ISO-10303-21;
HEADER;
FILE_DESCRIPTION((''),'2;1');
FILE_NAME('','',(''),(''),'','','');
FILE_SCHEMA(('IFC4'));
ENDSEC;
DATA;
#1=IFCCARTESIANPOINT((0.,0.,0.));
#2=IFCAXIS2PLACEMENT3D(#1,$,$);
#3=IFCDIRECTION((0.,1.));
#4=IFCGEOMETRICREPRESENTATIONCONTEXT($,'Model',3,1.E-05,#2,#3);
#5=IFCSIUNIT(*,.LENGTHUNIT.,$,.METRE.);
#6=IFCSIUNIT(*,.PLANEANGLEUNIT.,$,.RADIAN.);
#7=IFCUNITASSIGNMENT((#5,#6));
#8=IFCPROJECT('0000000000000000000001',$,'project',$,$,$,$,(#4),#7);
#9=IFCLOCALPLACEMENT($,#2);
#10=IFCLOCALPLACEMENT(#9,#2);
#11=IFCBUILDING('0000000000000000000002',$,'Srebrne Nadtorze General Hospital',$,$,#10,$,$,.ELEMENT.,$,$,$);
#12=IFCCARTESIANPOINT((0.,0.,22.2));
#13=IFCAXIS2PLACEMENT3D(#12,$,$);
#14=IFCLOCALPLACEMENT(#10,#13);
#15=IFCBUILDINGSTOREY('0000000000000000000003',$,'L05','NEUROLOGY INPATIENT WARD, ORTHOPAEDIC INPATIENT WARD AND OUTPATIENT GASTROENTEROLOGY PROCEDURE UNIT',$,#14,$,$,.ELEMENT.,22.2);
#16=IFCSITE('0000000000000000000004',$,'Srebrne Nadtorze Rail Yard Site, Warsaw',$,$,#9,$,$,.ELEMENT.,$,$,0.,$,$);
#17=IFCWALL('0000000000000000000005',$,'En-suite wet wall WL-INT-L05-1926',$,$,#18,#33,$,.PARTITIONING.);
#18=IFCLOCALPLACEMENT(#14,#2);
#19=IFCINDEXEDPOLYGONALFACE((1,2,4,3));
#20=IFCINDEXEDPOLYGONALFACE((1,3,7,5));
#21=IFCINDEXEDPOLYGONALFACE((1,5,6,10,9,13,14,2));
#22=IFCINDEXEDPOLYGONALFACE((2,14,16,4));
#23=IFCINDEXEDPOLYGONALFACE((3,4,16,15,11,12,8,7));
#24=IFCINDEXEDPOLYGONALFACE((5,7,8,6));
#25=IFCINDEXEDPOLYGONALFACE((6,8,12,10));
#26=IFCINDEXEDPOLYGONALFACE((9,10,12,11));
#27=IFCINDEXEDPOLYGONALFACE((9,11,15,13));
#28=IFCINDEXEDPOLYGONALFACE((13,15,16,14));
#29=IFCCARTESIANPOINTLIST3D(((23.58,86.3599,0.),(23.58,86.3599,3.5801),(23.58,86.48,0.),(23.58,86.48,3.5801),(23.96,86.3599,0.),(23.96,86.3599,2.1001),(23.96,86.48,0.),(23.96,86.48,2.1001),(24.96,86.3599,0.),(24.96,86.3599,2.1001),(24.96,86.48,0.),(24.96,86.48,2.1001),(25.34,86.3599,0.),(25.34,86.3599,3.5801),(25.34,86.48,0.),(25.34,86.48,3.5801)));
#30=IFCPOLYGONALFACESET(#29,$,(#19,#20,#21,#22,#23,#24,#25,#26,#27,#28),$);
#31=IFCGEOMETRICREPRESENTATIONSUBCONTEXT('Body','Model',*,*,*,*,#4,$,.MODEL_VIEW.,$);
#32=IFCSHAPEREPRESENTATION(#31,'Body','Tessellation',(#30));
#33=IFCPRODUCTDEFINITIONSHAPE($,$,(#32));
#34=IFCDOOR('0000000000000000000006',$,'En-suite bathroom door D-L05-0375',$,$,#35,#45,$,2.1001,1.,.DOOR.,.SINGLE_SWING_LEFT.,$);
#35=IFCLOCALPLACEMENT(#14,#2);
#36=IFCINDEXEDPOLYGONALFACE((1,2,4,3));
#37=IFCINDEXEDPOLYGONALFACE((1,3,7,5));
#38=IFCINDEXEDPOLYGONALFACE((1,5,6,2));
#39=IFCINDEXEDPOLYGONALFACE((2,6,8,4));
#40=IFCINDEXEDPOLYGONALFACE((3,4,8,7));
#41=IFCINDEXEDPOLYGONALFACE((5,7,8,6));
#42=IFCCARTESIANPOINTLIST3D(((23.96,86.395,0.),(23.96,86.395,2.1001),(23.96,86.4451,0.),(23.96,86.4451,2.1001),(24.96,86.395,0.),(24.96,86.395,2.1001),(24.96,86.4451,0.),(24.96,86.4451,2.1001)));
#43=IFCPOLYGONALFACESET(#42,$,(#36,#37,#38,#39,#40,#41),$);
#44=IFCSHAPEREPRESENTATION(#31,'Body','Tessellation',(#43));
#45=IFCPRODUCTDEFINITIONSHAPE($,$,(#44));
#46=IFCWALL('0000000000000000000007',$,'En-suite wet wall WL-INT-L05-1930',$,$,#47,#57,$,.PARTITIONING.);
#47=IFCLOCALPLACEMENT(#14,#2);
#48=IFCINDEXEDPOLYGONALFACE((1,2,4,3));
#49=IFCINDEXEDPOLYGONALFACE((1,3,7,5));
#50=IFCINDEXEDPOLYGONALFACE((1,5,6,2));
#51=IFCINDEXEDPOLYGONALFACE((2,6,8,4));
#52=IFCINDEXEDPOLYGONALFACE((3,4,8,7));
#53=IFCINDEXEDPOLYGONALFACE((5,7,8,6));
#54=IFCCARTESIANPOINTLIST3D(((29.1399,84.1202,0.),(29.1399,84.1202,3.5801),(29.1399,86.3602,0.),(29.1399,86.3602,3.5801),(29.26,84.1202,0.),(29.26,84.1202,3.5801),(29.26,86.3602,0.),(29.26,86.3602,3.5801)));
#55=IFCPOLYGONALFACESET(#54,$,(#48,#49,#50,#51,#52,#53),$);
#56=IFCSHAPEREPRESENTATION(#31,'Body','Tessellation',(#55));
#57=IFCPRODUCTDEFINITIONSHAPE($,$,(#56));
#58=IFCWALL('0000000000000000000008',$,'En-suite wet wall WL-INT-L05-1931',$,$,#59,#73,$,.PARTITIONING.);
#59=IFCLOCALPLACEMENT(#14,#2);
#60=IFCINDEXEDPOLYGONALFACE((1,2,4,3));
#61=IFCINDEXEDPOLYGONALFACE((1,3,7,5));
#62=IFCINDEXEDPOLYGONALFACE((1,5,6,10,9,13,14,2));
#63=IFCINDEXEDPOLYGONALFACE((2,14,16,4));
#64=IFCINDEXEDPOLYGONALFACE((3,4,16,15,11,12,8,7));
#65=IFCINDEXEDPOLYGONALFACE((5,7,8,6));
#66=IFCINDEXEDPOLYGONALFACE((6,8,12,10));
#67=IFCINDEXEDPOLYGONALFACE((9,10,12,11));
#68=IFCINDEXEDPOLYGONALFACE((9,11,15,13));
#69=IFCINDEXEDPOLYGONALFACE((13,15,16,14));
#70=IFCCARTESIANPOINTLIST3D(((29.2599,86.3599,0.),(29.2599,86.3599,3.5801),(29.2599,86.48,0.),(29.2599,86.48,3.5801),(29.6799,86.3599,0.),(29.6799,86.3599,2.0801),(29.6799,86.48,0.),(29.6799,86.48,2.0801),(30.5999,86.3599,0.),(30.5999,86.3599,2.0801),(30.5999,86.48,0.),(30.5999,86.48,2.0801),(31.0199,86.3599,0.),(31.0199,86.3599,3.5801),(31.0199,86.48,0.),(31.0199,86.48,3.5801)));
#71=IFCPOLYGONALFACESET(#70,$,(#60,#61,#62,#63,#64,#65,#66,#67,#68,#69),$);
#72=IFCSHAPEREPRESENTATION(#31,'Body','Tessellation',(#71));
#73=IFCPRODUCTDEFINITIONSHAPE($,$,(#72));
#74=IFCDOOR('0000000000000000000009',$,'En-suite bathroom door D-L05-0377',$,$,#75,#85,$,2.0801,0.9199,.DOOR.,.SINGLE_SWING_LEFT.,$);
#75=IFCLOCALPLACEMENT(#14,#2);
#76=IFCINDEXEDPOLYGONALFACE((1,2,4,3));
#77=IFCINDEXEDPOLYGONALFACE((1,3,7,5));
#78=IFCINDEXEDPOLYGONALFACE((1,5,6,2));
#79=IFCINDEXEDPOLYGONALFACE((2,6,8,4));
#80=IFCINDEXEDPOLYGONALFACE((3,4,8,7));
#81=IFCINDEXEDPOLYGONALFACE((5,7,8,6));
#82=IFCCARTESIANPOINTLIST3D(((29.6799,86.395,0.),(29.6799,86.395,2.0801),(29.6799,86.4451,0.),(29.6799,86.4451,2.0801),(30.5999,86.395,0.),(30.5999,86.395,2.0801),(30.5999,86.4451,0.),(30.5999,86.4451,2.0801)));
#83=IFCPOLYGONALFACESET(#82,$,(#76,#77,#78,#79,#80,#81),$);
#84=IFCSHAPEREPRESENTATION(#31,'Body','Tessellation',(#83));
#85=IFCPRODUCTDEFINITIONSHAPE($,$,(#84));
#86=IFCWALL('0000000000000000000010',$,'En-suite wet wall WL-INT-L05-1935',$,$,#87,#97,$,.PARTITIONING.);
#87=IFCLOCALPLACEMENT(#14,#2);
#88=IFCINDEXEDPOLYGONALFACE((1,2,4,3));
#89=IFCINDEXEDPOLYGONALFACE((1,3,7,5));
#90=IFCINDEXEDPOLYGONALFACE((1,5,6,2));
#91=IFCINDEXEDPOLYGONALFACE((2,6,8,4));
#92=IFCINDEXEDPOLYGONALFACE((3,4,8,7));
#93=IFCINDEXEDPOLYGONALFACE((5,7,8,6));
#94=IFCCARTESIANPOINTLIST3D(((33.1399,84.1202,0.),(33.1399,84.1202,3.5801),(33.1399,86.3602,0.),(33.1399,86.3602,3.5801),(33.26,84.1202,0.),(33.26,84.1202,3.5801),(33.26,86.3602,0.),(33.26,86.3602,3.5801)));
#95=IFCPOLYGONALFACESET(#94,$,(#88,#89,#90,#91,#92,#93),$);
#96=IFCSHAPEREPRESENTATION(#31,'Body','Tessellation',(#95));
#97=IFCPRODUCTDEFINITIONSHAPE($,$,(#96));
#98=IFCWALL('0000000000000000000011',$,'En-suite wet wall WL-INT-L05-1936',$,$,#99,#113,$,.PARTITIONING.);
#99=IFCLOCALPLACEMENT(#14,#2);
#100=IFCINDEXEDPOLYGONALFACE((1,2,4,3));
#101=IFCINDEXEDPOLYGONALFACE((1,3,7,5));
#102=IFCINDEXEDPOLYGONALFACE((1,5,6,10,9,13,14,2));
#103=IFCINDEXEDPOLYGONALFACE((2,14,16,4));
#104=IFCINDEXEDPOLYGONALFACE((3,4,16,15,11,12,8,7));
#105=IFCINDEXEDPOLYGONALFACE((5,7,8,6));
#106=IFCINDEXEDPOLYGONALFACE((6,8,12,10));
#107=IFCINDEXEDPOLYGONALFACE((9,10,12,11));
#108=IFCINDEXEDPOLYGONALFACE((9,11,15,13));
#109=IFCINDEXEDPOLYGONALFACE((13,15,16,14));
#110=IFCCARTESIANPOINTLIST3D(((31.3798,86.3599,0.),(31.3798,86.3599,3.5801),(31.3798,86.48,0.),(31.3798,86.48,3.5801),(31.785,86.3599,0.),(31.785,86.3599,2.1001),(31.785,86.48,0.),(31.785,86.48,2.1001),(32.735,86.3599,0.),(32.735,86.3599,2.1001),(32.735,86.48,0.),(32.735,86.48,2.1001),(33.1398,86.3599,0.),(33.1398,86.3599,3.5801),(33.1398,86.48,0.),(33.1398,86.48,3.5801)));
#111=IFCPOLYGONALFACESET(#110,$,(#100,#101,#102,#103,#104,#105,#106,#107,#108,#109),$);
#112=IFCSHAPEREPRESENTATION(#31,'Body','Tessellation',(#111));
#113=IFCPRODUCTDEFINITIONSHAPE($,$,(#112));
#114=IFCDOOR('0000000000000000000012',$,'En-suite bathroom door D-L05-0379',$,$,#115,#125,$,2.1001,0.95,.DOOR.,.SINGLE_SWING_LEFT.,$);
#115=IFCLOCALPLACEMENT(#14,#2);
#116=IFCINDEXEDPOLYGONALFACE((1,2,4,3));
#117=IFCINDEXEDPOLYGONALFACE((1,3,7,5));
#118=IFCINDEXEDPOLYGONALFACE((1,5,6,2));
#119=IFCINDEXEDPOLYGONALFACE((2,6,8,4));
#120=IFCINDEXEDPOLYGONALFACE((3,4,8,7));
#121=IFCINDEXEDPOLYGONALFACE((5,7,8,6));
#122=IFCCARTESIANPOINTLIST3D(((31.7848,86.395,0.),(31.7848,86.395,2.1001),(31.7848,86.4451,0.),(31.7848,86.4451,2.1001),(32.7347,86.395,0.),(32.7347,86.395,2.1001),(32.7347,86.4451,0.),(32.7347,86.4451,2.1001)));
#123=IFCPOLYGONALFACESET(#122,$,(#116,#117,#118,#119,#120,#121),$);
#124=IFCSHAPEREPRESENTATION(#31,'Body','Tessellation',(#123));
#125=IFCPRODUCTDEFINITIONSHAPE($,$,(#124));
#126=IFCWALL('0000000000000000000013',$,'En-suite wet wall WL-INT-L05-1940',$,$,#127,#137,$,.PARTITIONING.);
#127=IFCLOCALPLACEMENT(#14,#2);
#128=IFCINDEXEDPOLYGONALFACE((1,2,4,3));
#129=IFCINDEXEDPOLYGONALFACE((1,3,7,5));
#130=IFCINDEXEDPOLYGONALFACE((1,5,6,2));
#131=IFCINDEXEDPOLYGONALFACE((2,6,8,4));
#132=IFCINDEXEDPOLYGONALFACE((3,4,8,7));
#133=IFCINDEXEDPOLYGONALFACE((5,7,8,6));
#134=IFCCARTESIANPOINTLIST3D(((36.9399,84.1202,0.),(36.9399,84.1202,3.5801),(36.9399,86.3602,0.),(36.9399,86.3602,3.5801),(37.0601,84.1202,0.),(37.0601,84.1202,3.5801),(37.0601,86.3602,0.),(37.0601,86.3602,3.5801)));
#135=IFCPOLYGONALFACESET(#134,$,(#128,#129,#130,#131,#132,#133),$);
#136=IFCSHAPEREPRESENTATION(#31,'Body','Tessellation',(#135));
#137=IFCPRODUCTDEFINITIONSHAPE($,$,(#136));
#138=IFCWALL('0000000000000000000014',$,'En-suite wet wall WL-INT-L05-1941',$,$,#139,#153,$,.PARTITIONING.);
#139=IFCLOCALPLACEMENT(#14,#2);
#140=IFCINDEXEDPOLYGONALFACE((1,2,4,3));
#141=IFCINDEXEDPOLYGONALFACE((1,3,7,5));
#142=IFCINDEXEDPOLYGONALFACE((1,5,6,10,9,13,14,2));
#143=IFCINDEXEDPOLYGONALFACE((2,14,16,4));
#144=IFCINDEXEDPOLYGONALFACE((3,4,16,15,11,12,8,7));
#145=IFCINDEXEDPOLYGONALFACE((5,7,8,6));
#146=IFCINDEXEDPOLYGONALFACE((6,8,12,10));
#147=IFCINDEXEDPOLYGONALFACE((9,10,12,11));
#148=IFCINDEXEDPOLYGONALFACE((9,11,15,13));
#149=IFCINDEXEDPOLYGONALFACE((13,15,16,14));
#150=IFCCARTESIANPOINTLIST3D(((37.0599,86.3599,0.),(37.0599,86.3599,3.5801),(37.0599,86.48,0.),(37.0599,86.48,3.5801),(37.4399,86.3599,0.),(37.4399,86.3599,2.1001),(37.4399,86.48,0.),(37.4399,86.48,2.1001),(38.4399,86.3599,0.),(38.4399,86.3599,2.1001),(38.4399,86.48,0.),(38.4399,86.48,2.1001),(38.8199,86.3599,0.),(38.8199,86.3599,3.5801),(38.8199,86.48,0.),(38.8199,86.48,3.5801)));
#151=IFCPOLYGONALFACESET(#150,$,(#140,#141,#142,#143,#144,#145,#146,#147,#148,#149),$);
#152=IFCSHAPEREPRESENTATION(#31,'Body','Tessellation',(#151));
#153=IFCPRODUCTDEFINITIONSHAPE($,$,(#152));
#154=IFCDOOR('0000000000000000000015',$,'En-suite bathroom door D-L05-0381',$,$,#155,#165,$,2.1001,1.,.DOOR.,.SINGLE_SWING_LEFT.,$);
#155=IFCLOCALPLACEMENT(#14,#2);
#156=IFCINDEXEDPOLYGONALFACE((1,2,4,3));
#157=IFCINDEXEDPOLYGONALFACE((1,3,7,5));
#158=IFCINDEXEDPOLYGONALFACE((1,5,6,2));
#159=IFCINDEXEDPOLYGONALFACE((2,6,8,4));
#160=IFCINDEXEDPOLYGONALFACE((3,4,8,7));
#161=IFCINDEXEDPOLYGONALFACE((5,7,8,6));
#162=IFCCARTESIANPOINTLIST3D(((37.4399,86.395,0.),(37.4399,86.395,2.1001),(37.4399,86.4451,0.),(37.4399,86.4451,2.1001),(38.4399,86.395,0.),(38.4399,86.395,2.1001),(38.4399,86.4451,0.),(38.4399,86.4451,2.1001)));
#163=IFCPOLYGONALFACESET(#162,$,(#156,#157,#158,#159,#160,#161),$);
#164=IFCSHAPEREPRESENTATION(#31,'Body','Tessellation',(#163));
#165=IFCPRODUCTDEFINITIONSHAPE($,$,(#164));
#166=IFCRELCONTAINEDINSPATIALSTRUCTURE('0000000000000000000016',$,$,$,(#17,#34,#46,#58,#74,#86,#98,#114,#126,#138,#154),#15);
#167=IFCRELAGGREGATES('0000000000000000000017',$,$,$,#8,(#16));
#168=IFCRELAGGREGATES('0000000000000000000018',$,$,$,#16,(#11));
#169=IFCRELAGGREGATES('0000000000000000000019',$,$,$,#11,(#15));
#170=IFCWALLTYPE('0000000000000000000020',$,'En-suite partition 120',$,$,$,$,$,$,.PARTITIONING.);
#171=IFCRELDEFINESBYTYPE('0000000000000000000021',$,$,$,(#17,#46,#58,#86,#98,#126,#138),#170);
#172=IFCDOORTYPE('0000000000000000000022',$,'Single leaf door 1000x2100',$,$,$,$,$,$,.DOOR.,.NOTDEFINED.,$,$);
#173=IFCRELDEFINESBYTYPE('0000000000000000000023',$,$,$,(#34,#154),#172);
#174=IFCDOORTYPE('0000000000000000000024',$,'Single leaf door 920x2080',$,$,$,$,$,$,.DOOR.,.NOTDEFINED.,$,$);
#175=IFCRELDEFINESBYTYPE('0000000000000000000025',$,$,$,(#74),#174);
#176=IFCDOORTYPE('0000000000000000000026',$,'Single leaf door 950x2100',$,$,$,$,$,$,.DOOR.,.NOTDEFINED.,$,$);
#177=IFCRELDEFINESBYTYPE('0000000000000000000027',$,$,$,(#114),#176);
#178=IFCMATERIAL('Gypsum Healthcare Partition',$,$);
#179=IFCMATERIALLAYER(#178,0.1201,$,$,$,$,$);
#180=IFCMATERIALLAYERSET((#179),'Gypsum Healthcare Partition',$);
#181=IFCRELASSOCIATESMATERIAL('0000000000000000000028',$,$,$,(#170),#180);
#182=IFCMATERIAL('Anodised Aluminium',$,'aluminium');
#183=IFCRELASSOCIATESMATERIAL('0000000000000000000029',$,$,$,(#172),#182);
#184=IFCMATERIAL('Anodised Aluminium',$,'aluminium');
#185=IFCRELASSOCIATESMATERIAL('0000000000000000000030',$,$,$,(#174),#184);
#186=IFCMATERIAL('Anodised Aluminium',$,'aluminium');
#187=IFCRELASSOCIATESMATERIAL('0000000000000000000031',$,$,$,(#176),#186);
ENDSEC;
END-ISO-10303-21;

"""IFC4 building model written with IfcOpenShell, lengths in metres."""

from ifc_helpers import new_model, si_unit, direction, frame, frame_2d, origin, place, context, subcontext, project, spatial, rectangle, extrude, material, layer, layer_set, type_object, element, fill, save


model = new_model("IFC4")

# Units and contexts
model_context = context("Model", 3, precision=1e-05, world=origin(), true_north=direction((0.0, 1.0)))
body_context = subcontext(model_context, "Body", "Model", "MODEL_VIEW")
ifc_project = project(units=[si_unit("LENGTHUNIT", "METRE"), si_unit("PLANEANGLEUNIT", "RADIAN")], contexts=[model_context])

# Site, building, storey
site_placement = place(None, origin())
site = spatial("IfcSite", under=ifc_project, at=site_placement, Name="Srebrne Nadtorze Rail Yard Site, Warsaw", CompositionType="ELEMENT", RefElevation=0.0)
building_placement = place(site_placement, origin())
building = spatial("IfcBuilding", under=site, at=building_placement, Name="Srebrne Nadtorze General Hospital", CompositionType="ELEMENT")
storey_placement = place(building_placement, frame((0.0, 0.0, 22.2)))
storey = spatial("IfcBuildingStorey", under=building, at=storey_placement, Name="L05", Description="NEUROLOGY INPATIENT WARD, ORTHOPAEDIC INPATIENT WARD AND OUTPATIENT GASTROENTEROLOGY PROCEDURE UNIT", CompositionType="ELEMENT", Elevation=22.2)

# Wall, opening, door
ifc_material_1 = material(Name="Gypsum Healthcare Partition")
ifc_layer_1 = layer(ifc_material_1, 0.1201)
ifc_layer_set_1 = layer_set([ifc_layer_1], Name="Gypsum Healthcare Partition")
wall_type_1 = type_object("IfcWallType", Name="En-suite partition 120", PredefinedType="PARTITIONING", material=ifc_layer_set_1)
wall_1_placement = place(storey_placement, frame((23.5801, 86.4199, 0.0), z_axis=(0.0, 0.0, 1.0), x_axis=(1.0, 0.0, 0.0)))
wall_1 = element("IfcWall", 1, at=wall_1_placement, inside=storey, type_object=wall_type_1, Name="En-suite wet wall WL-INT-L05-1926", PredefinedType="PARTITIONING", context=body_context, shape_type="SweptSolid", body=[
    extrude(rectangle(XDim=1.76, YDim=0.1201, at=frame_2d((0.8799, 0.0))), origin(), (0.0, 0.0, 1.0), 3.5801),
])
opening_1_placement = place(wall_1_placement, frame((0.3799, 0.0, 0.0)))
opening_1 = element("IfcOpeningElement", 2, at=opening_1_placement, cuts=wall_1, PredefinedType="OPENING", context=body_context, shape_type="SweptSolid", body=[
    extrude(rectangle(XDim=1.0, YDim=2.1001, at=frame_2d((0.5, 1.05))), frame((0.0, 0.072, 0.0), z_axis=(0.0, -1.0, 0.0), x_axis=(1.0, 0.0, 0.0)), (0.0, 0.0, 1.0), 0.144),
])
ifc_material_2 = material(Name="Anodised Aluminium", Category="aluminium")
door_type_1 = type_object("IfcDoorType", Name="Single leaf door 1000x2100", OperationType="NOTDEFINED", PredefinedType="DOOR", material=ifc_material_2)
door_1_placement = place(opening_1_placement, frame((1.0, 0.0, 0.0), z_axis=(0.0, 0.0, 1.0), x_axis=(-1.0, 0.0, 0.0)))
door_1 = element("IfcDoor", 3, at=door_1_placement, inside=storey, type_object=door_type_1, Name="En-suite bathroom door D-L05-0375", OperationType="SINGLE_SWING_LEFT", OverallHeight=2.1001, OverallWidth=1.0, PredefinedType="DOOR", context=body_context, shape_type="SweptSolid", body=[
    extrude(rectangle(XDim=1.0, YDim=2.1001, at=frame_2d((0.5, 1.05))), frame((0.0, 0.0249, 0.0), z_axis=(0.0, -1.0, 0.0), x_axis=(1.0, 0.0, 0.0)), (0.0, 0.0, 1.0), 0.05),
])
fill(opening_1, door_1)

# Wall
wall_2_placement = place(storey_placement, frame((29.2, 84.1201, 0.0), z_axis=(0.0, 0.0, 1.0), x_axis=(0.0, 1.0, 0.0)))
element("IfcWall", 4, at=wall_2_placement, inside=storey, type_object=wall_type_1, Name="En-suite wet wall WL-INT-L05-1930", PredefinedType="PARTITIONING", context=body_context, shape_type="SweptSolid", body=[
    extrude(rectangle(XDim=2.24, YDim=0.1201, at=frame_2d((1.1201, 0.0))), origin(), (0.0, 0.0, 1.0), 3.5801),
])

# Wall, opening, door
wall_3_placement = place(storey_placement, frame((29.26, 86.4199, 0.0), z_axis=(0.0, 0.0, 1.0), x_axis=(1.0, 0.0, 0.0)))
wall_3 = element("IfcWall", 5, at=wall_3_placement, inside=storey, type_object=wall_type_1, Name="En-suite wet wall WL-INT-L05-1931", PredefinedType="PARTITIONING", context=body_context, shape_type="SweptSolid", body=[
    extrude(rectangle(XDim=1.76, YDim=0.1201, at=frame_2d((0.8799, 0.0))), origin(), (0.0, 0.0, 1.0), 3.5801),
])
opening_2_placement = place(wall_3_placement, frame((0.4199, 0.0, 0.0)))
opening_2 = element("IfcOpeningElement", 6, at=opening_2_placement, cuts=wall_3, PredefinedType="OPENING", context=body_context, shape_type="SweptSolid", body=[
    extrude(rectangle(XDim=0.9199, YDim=2.0801, at=frame_2d((0.46, 1.04))), frame((0.0, 0.072, 0.0), z_axis=(0.0, -1.0, 0.0), x_axis=(1.0, 0.0, 0.0)), (0.0, 0.0, 1.0), 0.144),
])
ifc_material_3 = material(Name="Anodised Aluminium", Category="aluminium")
door_type_2 = type_object("IfcDoorType", Name="Single leaf door 920x2080", OperationType="NOTDEFINED", PredefinedType="DOOR", material=ifc_material_3)
door_2_placement = place(opening_2_placement, frame((0.9199, 0.0, 0.0), z_axis=(0.0, 0.0, 1.0), x_axis=(-1.0, 0.0, 0.0)))
door_2 = element("IfcDoor", 7, at=door_2_placement, inside=storey, type_object=door_type_2, Name="En-suite bathroom door D-L05-0377", OperationType="SINGLE_SWING_LEFT", OverallHeight=2.0801, OverallWidth=0.9199, PredefinedType="DOOR", context=body_context, shape_type="SweptSolid", body=[
    extrude(rectangle(XDim=0.9199, YDim=2.0801, at=frame_2d((0.46, 1.04))), frame((0.0, 0.0249, 0.0), z_axis=(0.0, -1.0, 0.0), x_axis=(1.0, 0.0, 0.0)), (0.0, 0.0, 1.0), 0.05),
])
fill(opening_2, door_2)

# Wall
wall_4_placement = place(storey_placement, frame((33.2, 84.1201, 0.0), z_axis=(0.0, 0.0, 1.0), x_axis=(0.0, 1.0, 0.0)))
element("IfcWall", 8, at=wall_4_placement, inside=storey, type_object=wall_type_1, Name="En-suite wet wall WL-INT-L05-1935", PredefinedType="PARTITIONING", context=body_context, shape_type="SweptSolid", body=[
    extrude(rectangle(XDim=2.24, YDim=0.1201, at=frame_2d((1.1201, 0.0))), origin(), (0.0, 0.0, 1.0), 3.5801),
])

# Wall, opening, door
wall_5_placement = place(storey_placement, frame((31.3799, 86.4199, 0.0), z_axis=(0.0, 0.0, 1.0), x_axis=(1.0, 0.0, 0.0)))
wall_5 = element("IfcWall", 9, at=wall_5_placement, inside=storey, type_object=wall_type_1, Name="En-suite wet wall WL-INT-L05-1936", PredefinedType="PARTITIONING", context=body_context, shape_type="SweptSolid", body=[
    extrude(rectangle(XDim=1.76, YDim=0.1201, at=frame_2d((0.8799, 0.0))), origin(), (0.0, 0.0, 1.0), 3.5801),
])
opening_3_placement = place(wall_5_placement, frame((0.405, 0.0, 0.0)))
opening_3 = element("IfcOpeningElement", 10, at=opening_3_placement, cuts=wall_5, PredefinedType="OPENING", context=body_context, shape_type="SweptSolid", body=[
    extrude(rectangle(XDim=0.95, YDim=2.1001, at=frame_2d((0.4751, 1.05))), frame((0.0, 0.072, 0.0), z_axis=(0.0, -1.0, 0.0), x_axis=(1.0, 0.0, 0.0)), (0.0, 0.0, 1.0), 0.144),
])
ifc_material_4 = material(Name="Anodised Aluminium", Category="aluminium")
door_type_3 = type_object("IfcDoorType", Name="Single leaf door 950x2100", OperationType="NOTDEFINED", PredefinedType="DOOR", material=ifc_material_4)
door_3_placement = place(opening_3_placement, frame((0.95, 0.0, 0.0), z_axis=(0.0, 0.0, 1.0), x_axis=(-1.0, 0.0, 0.0)))
door_3 = element("IfcDoor", 11, at=door_3_placement, inside=storey, type_object=door_type_3, Name="En-suite bathroom door D-L05-0379", OperationType="SINGLE_SWING_LEFT", OverallHeight=2.1001, OverallWidth=0.95, PredefinedType="DOOR", context=body_context, shape_type="SweptSolid", body=[
    extrude(rectangle(XDim=0.95, YDim=2.1001, at=frame_2d((0.4751, 1.05))), frame((0.0, 0.0249, 0.0), z_axis=(0.0, -1.0, 0.0), x_axis=(1.0, 0.0, 0.0)), (0.0, 0.0, 1.0), 0.05),
])
fill(opening_3, door_3)

# Wall
wall_6_placement = place(storey_placement, frame((37.0, 84.1201, 0.0), z_axis=(0.0, 0.0, 1.0), x_axis=(0.0, 1.0, 0.0)))
element("IfcWall", 12, at=wall_6_placement, inside=storey, type_object=wall_type_1, Name="En-suite wet wall WL-INT-L05-1940", PredefinedType="PARTITIONING", context=body_context, shape_type="SweptSolid", body=[
    extrude(rectangle(XDim=2.24, YDim=0.1201, at=frame_2d((1.1201, 0.0))), origin(), (0.0, 0.0, 1.0), 3.5801),
])

# Wall, opening, door
wall_7_placement = place(storey_placement, frame((37.0601, 86.4199, 0.0), z_axis=(0.0, 0.0, 1.0), x_axis=(1.0, 0.0, 0.0)))
wall_7 = element("IfcWall", 13, at=wall_7_placement, inside=storey, type_object=wall_type_1, Name="En-suite wet wall WL-INT-L05-1941", PredefinedType="PARTITIONING", context=body_context, shape_type="SweptSolid", body=[
    extrude(rectangle(XDim=1.76, YDim=0.1201, at=frame_2d((0.8799, 0.0))), origin(), (0.0, 0.0, 1.0), 3.5801),
])
opening_4_placement = place(wall_7_placement, frame((0.3799, 0.0, 0.0)))
opening_4 = element("IfcOpeningElement", 14, at=opening_4_placement, cuts=wall_7, PredefinedType="OPENING", context=body_context, shape_type="SweptSolid", body=[
    extrude(rectangle(XDim=1.0, YDim=2.1001, at=frame_2d((0.5, 1.05))), frame((0.0, 0.072, 0.0), z_axis=(0.0, -1.0, 0.0), x_axis=(1.0, 0.0, 0.0)), (0.0, 0.0, 1.0), 0.144),
])
door_4_placement = place(opening_4_placement, frame((1.0, 0.0, 0.0), z_axis=(0.0, 0.0, 1.0), x_axis=(-1.0, 0.0, 0.0)))
door_4 = element("IfcDoor", 15, at=door_4_placement, inside=storey, type_object=door_type_1, Name="En-suite bathroom door D-L05-0381", OperationType="SINGLE_SWING_LEFT", OverallHeight=2.1001, OverallWidth=1.0, PredefinedType="DOOR", context=body_context, shape_type="SweptSolid", body=[
    extrude(rectangle(XDim=1.0, YDim=2.1001, at=frame_2d((0.5, 1.05))), frame((0.0, 0.0249, 0.0), z_axis=(0.0, -1.0, 0.0), x_axis=(1.0, 0.0, 0.0)), (0.0, 0.0, 1.0), 0.05),
])
fill(opening_4, door_4)

save(model, "model.ifc")
